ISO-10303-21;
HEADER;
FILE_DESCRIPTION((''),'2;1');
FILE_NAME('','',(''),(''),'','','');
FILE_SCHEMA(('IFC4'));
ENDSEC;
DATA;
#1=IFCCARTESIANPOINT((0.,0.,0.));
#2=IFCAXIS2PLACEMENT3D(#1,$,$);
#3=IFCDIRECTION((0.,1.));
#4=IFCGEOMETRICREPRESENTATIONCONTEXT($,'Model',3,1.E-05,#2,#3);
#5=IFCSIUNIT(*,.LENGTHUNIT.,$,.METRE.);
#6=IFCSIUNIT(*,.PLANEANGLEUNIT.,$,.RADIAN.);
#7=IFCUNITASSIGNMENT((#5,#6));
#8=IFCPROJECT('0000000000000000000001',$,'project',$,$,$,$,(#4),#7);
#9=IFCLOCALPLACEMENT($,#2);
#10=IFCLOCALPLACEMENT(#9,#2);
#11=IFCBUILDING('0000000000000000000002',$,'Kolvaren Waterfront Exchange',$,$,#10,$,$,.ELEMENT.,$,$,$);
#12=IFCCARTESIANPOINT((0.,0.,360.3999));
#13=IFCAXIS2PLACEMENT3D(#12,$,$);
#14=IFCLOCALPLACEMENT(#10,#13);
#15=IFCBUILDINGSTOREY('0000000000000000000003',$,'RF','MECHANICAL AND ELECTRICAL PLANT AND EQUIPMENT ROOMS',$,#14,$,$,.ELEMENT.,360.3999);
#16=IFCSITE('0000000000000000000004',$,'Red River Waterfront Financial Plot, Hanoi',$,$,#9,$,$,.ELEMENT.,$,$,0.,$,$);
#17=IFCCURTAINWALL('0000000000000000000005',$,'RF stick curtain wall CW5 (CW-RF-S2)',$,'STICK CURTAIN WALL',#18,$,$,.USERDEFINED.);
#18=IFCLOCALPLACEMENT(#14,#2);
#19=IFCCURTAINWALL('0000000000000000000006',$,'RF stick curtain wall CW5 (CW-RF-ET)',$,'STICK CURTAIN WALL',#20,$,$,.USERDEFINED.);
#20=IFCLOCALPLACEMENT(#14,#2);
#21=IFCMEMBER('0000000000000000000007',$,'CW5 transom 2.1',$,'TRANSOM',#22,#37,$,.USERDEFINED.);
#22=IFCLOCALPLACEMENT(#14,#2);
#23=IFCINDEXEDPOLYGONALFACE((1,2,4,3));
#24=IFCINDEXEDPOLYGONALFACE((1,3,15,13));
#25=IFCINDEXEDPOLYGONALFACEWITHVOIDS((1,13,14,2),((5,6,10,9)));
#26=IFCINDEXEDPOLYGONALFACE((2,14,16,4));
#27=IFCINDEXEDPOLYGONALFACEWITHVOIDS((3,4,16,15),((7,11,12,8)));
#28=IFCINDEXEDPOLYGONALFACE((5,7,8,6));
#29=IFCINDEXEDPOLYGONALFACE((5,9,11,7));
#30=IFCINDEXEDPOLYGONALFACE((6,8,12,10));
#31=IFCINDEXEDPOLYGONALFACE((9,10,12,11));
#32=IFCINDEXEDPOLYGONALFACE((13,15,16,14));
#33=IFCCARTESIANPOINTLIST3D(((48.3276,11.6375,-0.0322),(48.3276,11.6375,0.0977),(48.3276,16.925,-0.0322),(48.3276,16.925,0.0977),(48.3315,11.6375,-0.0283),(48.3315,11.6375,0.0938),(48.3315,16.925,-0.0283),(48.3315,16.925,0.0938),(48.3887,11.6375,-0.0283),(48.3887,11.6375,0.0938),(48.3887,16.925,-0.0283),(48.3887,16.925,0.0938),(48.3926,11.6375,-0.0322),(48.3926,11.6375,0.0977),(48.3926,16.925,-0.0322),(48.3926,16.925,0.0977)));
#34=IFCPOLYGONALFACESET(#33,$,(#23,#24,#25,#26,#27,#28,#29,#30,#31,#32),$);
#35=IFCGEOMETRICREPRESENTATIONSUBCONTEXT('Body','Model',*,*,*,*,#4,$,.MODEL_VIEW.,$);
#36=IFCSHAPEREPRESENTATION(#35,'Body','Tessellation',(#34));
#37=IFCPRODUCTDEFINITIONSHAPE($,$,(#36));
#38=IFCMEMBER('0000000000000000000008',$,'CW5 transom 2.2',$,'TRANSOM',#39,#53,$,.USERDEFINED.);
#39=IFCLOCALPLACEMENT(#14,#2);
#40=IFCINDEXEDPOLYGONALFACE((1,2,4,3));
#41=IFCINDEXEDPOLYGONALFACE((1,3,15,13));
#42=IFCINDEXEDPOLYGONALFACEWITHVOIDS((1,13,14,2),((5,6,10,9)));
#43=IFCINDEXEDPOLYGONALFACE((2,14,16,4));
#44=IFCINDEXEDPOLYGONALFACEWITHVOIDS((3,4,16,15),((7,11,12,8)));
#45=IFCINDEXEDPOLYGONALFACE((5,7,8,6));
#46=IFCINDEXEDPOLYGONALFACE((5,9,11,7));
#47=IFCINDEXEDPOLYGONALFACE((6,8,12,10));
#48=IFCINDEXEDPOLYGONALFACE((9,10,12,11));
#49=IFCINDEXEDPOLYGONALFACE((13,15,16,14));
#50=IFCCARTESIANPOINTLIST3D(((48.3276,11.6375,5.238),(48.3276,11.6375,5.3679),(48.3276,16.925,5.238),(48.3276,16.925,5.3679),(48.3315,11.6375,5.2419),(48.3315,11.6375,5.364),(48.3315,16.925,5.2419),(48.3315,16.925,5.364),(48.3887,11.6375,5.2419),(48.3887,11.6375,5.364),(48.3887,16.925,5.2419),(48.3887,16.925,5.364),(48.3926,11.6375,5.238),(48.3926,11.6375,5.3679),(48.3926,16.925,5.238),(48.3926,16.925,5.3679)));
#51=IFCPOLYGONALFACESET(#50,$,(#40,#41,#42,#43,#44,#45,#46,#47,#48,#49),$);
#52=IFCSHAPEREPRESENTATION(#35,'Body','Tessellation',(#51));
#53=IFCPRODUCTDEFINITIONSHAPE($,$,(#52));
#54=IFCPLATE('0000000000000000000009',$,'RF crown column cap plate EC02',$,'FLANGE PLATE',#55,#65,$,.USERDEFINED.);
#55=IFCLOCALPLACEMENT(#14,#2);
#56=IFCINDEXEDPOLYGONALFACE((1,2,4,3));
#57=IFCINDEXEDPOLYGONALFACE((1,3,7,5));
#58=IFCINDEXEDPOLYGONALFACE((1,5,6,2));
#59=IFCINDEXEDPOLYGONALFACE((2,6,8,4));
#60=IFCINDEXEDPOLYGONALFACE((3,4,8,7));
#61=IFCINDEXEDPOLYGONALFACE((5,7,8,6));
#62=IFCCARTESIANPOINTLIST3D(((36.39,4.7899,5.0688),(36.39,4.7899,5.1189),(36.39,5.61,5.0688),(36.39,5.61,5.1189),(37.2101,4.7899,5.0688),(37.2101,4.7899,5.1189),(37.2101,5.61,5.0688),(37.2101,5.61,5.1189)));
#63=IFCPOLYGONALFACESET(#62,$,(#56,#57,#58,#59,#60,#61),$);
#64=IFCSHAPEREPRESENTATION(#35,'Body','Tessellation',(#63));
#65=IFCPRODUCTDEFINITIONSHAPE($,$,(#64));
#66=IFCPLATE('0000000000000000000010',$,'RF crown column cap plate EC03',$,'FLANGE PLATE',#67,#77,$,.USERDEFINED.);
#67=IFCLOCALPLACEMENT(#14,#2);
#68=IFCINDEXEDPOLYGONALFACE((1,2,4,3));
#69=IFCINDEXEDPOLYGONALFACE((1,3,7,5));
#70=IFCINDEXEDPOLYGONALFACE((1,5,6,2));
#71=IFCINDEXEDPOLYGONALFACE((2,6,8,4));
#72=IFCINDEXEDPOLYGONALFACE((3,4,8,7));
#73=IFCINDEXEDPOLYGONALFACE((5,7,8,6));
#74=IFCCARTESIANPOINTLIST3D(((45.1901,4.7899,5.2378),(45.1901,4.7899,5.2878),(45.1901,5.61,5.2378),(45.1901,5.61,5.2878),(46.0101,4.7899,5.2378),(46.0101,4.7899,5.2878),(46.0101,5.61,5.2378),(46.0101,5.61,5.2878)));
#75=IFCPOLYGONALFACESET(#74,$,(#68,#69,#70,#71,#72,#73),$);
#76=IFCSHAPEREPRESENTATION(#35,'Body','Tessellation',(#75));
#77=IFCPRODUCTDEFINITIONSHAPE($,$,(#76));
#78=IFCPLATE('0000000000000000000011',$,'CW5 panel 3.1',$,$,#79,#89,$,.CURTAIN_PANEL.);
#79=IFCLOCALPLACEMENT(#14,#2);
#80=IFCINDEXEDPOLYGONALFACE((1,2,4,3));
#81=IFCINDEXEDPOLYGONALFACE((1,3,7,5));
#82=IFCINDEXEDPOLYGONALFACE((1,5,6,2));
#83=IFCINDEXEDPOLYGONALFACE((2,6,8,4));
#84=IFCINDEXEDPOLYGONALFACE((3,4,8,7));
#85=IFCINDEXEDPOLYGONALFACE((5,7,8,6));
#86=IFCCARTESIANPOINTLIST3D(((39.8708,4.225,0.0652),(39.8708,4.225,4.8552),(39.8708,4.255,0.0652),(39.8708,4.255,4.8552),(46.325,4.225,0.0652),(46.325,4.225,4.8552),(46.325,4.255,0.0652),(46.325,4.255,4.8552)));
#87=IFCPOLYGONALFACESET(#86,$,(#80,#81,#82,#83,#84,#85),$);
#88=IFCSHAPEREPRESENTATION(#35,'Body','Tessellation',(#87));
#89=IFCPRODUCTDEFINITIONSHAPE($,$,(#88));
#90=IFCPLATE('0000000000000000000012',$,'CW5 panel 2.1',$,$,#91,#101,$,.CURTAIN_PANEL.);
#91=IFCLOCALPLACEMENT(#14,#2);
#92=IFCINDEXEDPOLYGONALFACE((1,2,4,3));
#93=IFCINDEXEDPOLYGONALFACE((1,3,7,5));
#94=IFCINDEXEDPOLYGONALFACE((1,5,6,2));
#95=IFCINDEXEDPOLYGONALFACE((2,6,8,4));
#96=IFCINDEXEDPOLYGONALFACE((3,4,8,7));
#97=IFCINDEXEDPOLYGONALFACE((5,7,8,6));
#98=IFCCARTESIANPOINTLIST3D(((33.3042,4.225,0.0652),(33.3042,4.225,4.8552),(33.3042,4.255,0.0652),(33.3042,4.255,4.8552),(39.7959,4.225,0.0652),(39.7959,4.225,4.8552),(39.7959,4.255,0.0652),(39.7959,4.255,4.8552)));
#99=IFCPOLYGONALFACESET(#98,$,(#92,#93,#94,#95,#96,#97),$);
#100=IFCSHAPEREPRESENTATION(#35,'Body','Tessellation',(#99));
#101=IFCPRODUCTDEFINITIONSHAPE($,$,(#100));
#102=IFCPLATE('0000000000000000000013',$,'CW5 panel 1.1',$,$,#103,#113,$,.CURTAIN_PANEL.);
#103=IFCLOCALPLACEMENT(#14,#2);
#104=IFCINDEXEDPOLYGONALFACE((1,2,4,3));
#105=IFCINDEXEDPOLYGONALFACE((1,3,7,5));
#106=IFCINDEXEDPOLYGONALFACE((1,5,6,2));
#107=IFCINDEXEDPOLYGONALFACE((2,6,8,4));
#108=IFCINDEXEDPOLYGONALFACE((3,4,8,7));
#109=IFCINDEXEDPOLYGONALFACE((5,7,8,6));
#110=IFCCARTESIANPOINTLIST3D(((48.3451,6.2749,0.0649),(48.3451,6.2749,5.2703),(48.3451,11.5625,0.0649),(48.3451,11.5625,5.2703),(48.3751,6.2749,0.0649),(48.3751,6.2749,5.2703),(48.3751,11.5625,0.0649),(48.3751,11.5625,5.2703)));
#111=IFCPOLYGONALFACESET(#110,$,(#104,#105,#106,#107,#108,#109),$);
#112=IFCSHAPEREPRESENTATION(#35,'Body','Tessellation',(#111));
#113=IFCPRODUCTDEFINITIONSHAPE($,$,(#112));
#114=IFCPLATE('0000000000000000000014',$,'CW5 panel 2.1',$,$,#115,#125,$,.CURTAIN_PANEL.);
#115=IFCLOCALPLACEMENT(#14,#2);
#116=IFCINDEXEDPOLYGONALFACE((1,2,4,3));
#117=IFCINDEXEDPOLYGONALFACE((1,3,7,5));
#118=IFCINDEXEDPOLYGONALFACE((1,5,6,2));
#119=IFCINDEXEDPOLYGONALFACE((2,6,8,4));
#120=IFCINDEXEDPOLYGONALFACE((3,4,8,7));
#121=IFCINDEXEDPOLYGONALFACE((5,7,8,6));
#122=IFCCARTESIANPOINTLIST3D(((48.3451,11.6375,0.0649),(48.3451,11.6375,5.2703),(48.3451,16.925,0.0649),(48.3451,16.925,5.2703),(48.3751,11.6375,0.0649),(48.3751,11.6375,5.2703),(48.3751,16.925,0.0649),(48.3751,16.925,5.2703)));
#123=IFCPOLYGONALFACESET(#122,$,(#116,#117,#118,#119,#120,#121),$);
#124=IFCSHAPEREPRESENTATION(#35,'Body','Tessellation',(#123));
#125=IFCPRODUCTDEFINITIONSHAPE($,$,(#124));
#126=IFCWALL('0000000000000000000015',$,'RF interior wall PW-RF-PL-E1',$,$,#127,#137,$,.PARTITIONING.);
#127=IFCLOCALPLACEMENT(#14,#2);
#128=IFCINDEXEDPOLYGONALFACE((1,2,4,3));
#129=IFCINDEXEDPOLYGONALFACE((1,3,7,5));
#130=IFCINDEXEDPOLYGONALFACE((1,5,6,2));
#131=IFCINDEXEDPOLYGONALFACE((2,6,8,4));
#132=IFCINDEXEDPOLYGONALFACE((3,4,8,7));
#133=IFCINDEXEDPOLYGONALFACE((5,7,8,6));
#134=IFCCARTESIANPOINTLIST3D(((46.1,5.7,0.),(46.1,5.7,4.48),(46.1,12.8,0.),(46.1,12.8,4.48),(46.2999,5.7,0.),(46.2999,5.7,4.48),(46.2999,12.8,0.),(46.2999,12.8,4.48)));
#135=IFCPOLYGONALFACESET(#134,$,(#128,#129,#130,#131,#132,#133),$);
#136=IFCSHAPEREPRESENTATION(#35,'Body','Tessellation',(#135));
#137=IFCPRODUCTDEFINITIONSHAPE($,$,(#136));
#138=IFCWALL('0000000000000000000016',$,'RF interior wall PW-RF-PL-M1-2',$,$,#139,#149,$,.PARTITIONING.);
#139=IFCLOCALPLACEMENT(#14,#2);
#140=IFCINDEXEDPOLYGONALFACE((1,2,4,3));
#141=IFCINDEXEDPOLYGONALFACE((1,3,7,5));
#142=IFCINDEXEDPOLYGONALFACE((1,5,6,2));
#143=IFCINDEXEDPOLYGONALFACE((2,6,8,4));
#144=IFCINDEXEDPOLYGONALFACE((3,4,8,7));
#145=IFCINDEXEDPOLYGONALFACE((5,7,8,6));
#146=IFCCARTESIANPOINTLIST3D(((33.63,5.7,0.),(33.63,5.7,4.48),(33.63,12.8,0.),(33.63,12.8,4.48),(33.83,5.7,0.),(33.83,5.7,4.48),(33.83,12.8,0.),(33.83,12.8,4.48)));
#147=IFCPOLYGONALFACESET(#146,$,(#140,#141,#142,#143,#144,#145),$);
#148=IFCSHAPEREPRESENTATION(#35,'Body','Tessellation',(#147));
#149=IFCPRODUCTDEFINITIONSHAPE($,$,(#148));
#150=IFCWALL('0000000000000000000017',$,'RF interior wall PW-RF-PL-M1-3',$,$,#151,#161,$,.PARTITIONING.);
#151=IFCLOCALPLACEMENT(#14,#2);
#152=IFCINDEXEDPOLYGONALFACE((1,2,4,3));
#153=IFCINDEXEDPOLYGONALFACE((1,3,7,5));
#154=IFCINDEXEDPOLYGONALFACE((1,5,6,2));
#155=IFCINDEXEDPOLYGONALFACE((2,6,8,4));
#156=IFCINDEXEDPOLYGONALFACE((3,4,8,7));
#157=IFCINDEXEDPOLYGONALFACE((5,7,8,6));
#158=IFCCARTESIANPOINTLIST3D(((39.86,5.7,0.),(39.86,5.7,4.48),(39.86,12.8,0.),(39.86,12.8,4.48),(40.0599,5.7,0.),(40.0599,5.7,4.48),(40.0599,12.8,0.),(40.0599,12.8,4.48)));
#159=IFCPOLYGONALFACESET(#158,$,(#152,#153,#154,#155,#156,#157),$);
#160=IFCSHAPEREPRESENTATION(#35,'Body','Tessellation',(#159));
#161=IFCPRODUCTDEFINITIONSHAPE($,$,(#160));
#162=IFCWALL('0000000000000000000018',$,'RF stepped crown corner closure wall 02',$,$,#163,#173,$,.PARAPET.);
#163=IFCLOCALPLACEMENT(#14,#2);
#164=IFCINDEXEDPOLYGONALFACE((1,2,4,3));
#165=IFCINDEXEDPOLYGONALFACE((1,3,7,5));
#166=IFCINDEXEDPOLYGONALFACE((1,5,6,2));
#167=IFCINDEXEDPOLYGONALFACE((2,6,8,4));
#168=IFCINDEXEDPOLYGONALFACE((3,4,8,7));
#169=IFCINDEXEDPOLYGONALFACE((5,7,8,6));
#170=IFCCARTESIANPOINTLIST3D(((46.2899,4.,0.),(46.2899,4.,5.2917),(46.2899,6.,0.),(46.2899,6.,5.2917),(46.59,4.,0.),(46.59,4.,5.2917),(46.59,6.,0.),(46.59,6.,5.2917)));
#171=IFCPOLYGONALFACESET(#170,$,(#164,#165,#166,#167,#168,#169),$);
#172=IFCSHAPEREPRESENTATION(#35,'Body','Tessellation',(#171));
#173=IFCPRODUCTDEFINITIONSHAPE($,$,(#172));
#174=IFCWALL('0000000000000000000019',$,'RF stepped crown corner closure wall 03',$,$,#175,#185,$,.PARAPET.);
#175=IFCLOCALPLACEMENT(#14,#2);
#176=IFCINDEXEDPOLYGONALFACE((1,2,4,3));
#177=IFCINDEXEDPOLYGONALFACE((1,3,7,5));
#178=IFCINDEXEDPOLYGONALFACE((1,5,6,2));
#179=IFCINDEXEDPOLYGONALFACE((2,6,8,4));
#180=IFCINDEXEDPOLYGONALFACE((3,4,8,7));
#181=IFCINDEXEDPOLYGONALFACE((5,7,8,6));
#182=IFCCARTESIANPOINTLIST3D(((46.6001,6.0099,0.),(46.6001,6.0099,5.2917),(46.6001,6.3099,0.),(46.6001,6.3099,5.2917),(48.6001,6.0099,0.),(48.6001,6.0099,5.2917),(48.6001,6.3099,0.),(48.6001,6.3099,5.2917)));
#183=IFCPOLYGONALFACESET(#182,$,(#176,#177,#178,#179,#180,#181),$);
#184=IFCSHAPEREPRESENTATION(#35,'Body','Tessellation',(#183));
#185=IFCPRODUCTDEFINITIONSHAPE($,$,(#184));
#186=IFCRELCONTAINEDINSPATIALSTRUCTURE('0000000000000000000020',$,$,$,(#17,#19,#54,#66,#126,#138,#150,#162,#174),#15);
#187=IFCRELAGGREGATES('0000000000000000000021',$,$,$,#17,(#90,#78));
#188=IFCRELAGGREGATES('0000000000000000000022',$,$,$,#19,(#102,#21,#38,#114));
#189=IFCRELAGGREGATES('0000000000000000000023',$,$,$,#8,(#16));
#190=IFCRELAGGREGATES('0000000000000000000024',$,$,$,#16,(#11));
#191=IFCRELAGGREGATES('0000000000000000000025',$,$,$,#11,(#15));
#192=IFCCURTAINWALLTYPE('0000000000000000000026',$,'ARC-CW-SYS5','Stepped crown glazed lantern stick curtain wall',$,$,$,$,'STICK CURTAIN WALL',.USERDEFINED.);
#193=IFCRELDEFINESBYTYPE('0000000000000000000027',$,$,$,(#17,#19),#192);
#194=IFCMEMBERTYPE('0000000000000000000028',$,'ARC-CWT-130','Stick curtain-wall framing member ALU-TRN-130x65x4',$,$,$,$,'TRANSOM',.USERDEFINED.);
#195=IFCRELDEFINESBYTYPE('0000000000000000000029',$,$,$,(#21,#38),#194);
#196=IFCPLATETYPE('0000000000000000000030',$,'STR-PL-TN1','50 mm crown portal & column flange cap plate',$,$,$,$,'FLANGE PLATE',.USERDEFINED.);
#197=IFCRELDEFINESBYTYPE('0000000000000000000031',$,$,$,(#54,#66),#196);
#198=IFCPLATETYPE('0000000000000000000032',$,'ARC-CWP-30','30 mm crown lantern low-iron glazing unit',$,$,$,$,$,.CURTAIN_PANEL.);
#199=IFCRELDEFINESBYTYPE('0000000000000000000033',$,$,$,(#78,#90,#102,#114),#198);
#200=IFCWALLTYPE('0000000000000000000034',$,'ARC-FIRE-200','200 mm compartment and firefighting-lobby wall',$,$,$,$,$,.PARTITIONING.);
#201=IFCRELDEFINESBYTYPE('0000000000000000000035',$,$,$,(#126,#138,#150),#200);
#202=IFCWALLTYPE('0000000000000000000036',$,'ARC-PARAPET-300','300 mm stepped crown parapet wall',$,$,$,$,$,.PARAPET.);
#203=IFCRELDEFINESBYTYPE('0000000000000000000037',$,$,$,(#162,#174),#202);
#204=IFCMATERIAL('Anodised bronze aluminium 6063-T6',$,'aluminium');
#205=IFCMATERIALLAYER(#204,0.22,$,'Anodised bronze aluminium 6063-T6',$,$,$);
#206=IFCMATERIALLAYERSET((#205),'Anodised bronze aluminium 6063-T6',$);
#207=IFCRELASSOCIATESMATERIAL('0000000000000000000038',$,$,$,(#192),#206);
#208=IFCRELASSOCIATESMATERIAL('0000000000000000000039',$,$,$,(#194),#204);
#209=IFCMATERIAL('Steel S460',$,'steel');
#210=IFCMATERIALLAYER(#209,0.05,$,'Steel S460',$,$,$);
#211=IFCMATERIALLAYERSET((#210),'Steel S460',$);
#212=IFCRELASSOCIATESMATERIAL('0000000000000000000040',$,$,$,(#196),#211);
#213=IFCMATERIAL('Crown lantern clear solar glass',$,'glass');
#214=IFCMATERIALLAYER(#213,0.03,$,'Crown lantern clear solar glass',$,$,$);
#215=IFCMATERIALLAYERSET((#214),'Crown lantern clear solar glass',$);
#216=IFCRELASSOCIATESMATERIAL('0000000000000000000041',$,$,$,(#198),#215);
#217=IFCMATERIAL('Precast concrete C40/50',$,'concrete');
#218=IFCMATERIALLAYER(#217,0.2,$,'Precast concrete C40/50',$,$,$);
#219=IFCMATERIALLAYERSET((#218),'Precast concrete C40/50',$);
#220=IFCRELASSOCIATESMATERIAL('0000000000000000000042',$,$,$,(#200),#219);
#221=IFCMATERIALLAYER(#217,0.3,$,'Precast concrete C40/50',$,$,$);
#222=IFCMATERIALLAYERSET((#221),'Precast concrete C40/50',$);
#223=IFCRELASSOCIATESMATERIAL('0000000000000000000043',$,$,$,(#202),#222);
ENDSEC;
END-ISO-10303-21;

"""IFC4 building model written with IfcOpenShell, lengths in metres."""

from ifc_helpers import new_model, si_unit, direction, frame, frame_2d, origin, origin_with_axes, origin_2d, place, context, subcontext, project, spatial, rectangle, hollow_rectangle, extrude, source, transform, mapped, material, layer, layer_set, material_profile, profile_set, type_object, element, aggregate, save


model = new_model("IFC4")

# Units and contexts
model_context = context("Model", 3, precision=1e-05, world=origin(), true_north=direction((0.0, 1.0)))
body_context = subcontext(model_context, "Body", "Model", "MODEL_VIEW")
ifc_project = project(units=[si_unit("LENGTHUNIT", "METRE"), si_unit("PLANEANGLEUNIT", "RADIAN")], contexts=[model_context])

# Site, building, storey
site_placement = place(None, origin())
site = spatial("IfcSite", under=ifc_project, at=site_placement, Name="Red River Waterfront Financial Plot, Hanoi", CompositionType="ELEMENT", RefElevation=0.0)
building_placement = place(site_placement, origin())
building = spatial("IfcBuilding", under=site, at=building_placement, Name="Kolvaren Waterfront Exchange", CompositionType="ELEMENT")
storey_placement = place(building_placement, frame((0.0, 0.0, 360.3999)))
storey = spatial("IfcBuildingStorey", under=building, at=storey_placement, Name="RF", Description="MECHANICAL AND ELECTRICAL PLANT AND EQUIPMENT ROOMS", CompositionType="ELEMENT", Elevation=360.3999)

# Curtain walls, members
ifc_material_1 = material(Name="Anodised bronze aluminium 6063-T6", Category="aluminium")
ifc_layer_1 = layer(ifc_material_1, 0.22, Name="Anodised bronze aluminium 6063-T6")
ifc_layer_set_1 = layer_set([ifc_layer_1], Name="Anodised bronze aluminium 6063-T6")
curtain_wall_type = type_object("IfcCurtainWallType", Name="ARC-CW-SYS5", Description="Stepped crown glazed lantern stick curtain wall", ElementType="STICK CURTAIN WALL", PredefinedType="USERDEFINED", material=ifc_layer_set_1)
curtain_wall_1_placement = place(storey_placement, origin())
curtain_wall_1 = element("IfcCurtainWall", 1, at=curtain_wall_1_placement, inside=storey, type_object=curtain_wall_type, Name="RF stick curtain wall CW5 (CW-RF-S2)", ObjectType="STICK CURTAIN WALL", PredefinedType="USERDEFINED")
ifc_material_profile_1 = material_profile(ifc_material_1, hollow_rectangle(XDim=0.0649, YDim=0.1299, WallThickness=0.0039, at=origin_2d()), Name="ALU-TRN-130x65x4")
ifc_profile_set_1 = profile_set([ifc_material_profile_1], Name="Anodised bronze aluminium 6063-T6")
member_type_1 = type_object("IfcMemberType", Name="ARC-CWT-130", Description="Stick curtain-wall framing member ALU-TRN-130x65x4", ElementType="TRANSOM", PredefinedType="USERDEFINED", material=ifc_profile_set_1)
curtain_wall_2_placement = place(storey_placement, origin())
curtain_wall_2 = element("IfcCurtainWall", 2, at=curtain_wall_2_placement, inside=storey, type_object=curtain_wall_type, Name="RF stick curtain wall CW5 (CW-RF-ET)", ObjectType="STICK CURTAIN WALL", PredefinedType="USERDEFINED")
shared_shape_1 = source(origin_with_axes(), body_context, "Body", "SweptSolid", [
    extrude(hollow_rectangle(XDim=0.0649, YDim=0.1299, WallThickness=0.0039, at=origin_2d()), origin(), (0.0, 0.0, 1.0), 5.2876),
])
member_1_placement = place(storey_placement, frame((48.3601, 11.6375, 0.0327), z_axis=(0.0, 1.0, 0.0), x_axis=(-1.0, 0.0, 0.0)))
member_1 = element("IfcMember", 3, at=member_1_placement, type_object=member_type_1, Name="CW5 transom 2.1", ObjectType="TRANSOM", PredefinedType="USERDEFINED", context=body_context, shape_type="MappedRepresentation", body=[
    mapped(shared_shape_1, transform((0.0, 0.0, 0.0), x_axis=(1.0, 0.0, 0.0), y_axis=(0.0, 1.0, 0.0), z_axis=(0.0, 0.0, 1.0), scale=1.0)),
])
member_2_placement = place(storey_placement, frame((48.3601, 11.6375, 5.303), z_axis=(0.0, 1.0, 0.0), x_axis=(-1.0, 0.0, 0.0)))
member_2 = element("IfcMember", 4, at=member_2_placement, type_object=member_type_1, Name="CW5 transom 2.2", ObjectType="TRANSOM", PredefinedType="USERDEFINED", context=body_context, shape_type="MappedRepresentation", body=[
    mapped(shared_shape_1, transform((0.0, 0.0, 0.0), x_axis=(1.0, 0.0, 0.0), y_axis=(0.0, 1.0, 0.0), z_axis=(0.0, 0.0, 1.0), scale=1.0)),
])

# Plates
ifc_material_2 = material(Name="Steel S460", Category="steel")
ifc_layer_2 = layer(ifc_material_2, 0.05, Name="Steel S460")
ifc_layer_set_2 = layer_set([ifc_layer_2], Name="Steel S460")
plate_type_1 = type_object("IfcPlateType", Name="STR-PL-TN1", Description="50 mm crown portal & column flange cap plate", ElementType="FLANGE PLATE", PredefinedType="USERDEFINED", material=ifc_layer_set_2)
shared_shape_2 = source(origin_with_axes(), body_context, "Body", "SweptSolid", [
    extrude(rectangle(XDim=0.8201, YDim=0.8201, at=origin_2d()), origin(), (0.0, 0.0, 1.0), 0.05),
])
for number, where, z_axis, x_axis, name in (
    (5, (36.8, 5.2, 5.0688), (0.0, 0.0, 1.0), (1.0, 0.0, 0.0), "RF crown column cap plate EC02"),
    (6, (45.6001, 5.2, 5.2378), (0.0, 0.0, 1.0), (1.0, 0.0, 0.0), "RF crown column cap plate EC03"),
):
    element("IfcPlate", number, at=place(storey_placement, frame(where, z_axis=z_axis, x_axis=x_axis)), inside=storey, type_object=plate_type_1, Name=name, ObjectType="FLANGE PLATE", PredefinedType="USERDEFINED", context=body_context, shape_type="MappedRepresentation", body=[
        mapped(shared_shape_2, transform((0.0, 0.0, 0.0), x_axis=(1.0, 0.0, 0.0), y_axis=(0.0, 1.0, 0.0), z_axis=(0.0, 0.0, 1.0), scale=1.0)),
    ])

# Plates
ifc_material_3 = material(Name="Crown lantern clear solar glass", Category="glass")
ifc_layer_3 = layer(ifc_material_3, 0.03, Name="Crown lantern clear solar glass")
ifc_layer_set_3 = layer_set([ifc_layer_3], Name="Crown lantern clear solar glass")
plate_type_2 = type_object("IfcPlateType", Name="ARC-CWP-30", Description="30 mm crown lantern low-iron glazing unit", PredefinedType="CURTAIN_PANEL", material=ifc_layer_set_3)
shared_shape_3 = source(origin_with_axes(), body_context, "Body", "SweptSolid", [
    extrude(rectangle(XDim=6.4541, YDim=0.03, at=origin_2d()), origin(), (0.0, 0.0, 1.0), 4.79),
])
plate_1_placement = place(storey_placement, frame((43.0979, 4.24, 0.0652), z_axis=(0.0, 0.0, 1.0), x_axis=(1.0, 0.0, 0.0)))
plate_1 = element("IfcPlate", 7, at=plate_1_placement, type_object=plate_type_2, Name="CW5 panel 3.1", PredefinedType="CURTAIN_PANEL", context=body_context, shape_type="MappedRepresentation", body=[
    mapped(shared_shape_3, transform((0.0, 0.0, 0.0), x_axis=(1.0, 0.0, 0.0), y_axis=(0.0, 1.0, 0.0), z_axis=(0.0, 0.0, 1.0), scale=1.0)),
])
shared_shape_4 = source(origin_with_axes(), body_context, "Body", "SweptSolid", [
    extrude(rectangle(XDim=6.4917, YDim=0.03, at=origin_2d()), origin(), (0.0, 0.0, 1.0), 4.79),
])
plate_2_placement = place(storey_placement, frame((36.55, 4.24, 0.0652), z_axis=(0.0, 0.0, 1.0), x_axis=(1.0, 0.0, 0.0)))
plate_2 = element("IfcPlate", 8, at=plate_2_placement, type_object=plate_type_2, Name="CW5 panel 2.1", PredefinedType="CURTAIN_PANEL", context=body_context, shape_type="MappedRepresentation", body=[
    mapped(shared_shape_4, transform((0.0, 0.0, 0.0), x_axis=(1.0, 0.0, 0.0), y_axis=(0.0, 1.0, 0.0), z_axis=(0.0, 0.0, 1.0), scale=1.0)),
])
aggregate(curtain_wall_1, [plate_2, plate_1])
shared_shape_5 = source(origin_with_axes(), body_context, "Body", "SweptSolid", [
    extrude(rectangle(XDim=5.2876, YDim=0.03, at=origin_2d()), origin(), (0.0, 0.0, 1.0), 5.2053),
])
plate_3_placement = place(storey_placement, frame((48.3601, 8.9187, 0.0649), z_axis=(0.0, 0.0, 1.0), x_axis=(0.0, 1.0, 0.0)))
plate_3 = element("IfcPlate", 9, at=plate_3_placement, type_object=plate_type_2, Name="CW5 panel 1.1", PredefinedType="CURTAIN_PANEL", context=body_context, shape_type="MappedRepresentation", body=[
    mapped(shared_shape_5, transform((0.0, 0.0, 0.0), x_axis=(1.0, 0.0, 0.0), y_axis=(0.0, 1.0, 0.0), z_axis=(0.0, 0.0, 1.0), scale=1.0)),
])
plate_4_placement = place(storey_placement, frame((48.3601, 14.2812, 0.0649), z_axis=(0.0, 0.0, 1.0), x_axis=(0.0, 1.0, 0.0)))
plate_4 = element("IfcPlate", 10, at=plate_4_placement, type_object=plate_type_2, Name="CW5 panel 2.1", PredefinedType="CURTAIN_PANEL", context=body_context, shape_type="MappedRepresentation", body=[
    mapped(shared_shape_5, transform((0.0, 0.0, 0.0), x_axis=(1.0, 0.0, 0.0), y_axis=(0.0, 1.0, 0.0), z_axis=(0.0, 0.0, 1.0), scale=1.0)),
])
aggregate(curtain_wall_2, [plate_3, member_1, member_2, plate_4])

# Walls
ifc_material_4 = material(Name="Precast concrete C40/50", Category="concrete")
ifc_layer_4 = layer(ifc_material_4, 0.2, Name="Precast concrete C40/50")
ifc_layer_set_4 = layer_set([ifc_layer_4], Name="Precast concrete C40/50")
wall_type_1 = type_object("IfcWallType", Name="ARC-FIRE-200", Description="200 mm compartment and firefighting-lobby wall", PredefinedType="PARTITIONING", material=ifc_layer_set_4)
for number, where, z_axis, x_axis, name in (
    (11, (46.2, 5.7, 0.0), (0.0, 0.0, 1.0), (0.0, 1.0, 0.0), "RF interior wall PW-RF-PL-E1"),
    (12, (33.73, 5.7, 0.0), (0.0, 0.0, 1.0), (0.0, 1.0, 0.0), "RF interior wall PW-RF-PL-M1-2"),
    (13, (39.96, 5.7, 0.0), (0.0, 0.0, 1.0), (0.0, 1.0, 0.0), "RF interior wall PW-RF-PL-M1-3"),
):
    element("IfcWall", number, at=place(storey_placement, frame(where, z_axis=z_axis, x_axis=x_axis)), inside=storey, type_object=wall_type_1, Name=name, PredefinedType="PARTITIONING", context=body_context, shape_type="SweptSolid", body=[
        extrude(rectangle(XDim=7.1001, YDim=0.2, at=frame_2d((3.55, 0.0))), origin(), (0.0, 0.0, 1.0), 4.48),
    ])
ifc_layer_5 = layer(ifc_material_4, 0.3, Name="Precast concrete C40/50")
ifc_layer_set_5 = layer_set([ifc_layer_5], Name="Precast concrete C40/50")
wall_type_2 = type_object("IfcWallType", Name="ARC-PARAPET-300", Description="300 mm stepped crown parapet wall", PredefinedType="PARAPET", material=ifc_layer_set_5)
for number, where, z_axis, x_axis, name in (
    (14, (46.4399, 4.0, 0.0), (0.0, 0.0, 1.0), (0.0, 1.0, 0.0), "RF stepped crown corner closure wall 02"),
    (15, (46.6001, 6.1599, 0.0), (0.0, 0.0, 1.0), (1.0, 0.0, 0.0), "RF stepped crown corner closure wall 03"),
):
    element("IfcWall", number, at=place(storey_placement, frame(where, z_axis=z_axis, x_axis=x_axis)), inside=storey, type_object=wall_type_2, Name=name, PredefinedType="PARAPET", context=body_context, shape_type="SweptSolid", body=[
        extrude(rectangle(XDim=2.0, YDim=0.3, at=frame_2d((1.0, 0.0))), origin(), (0.0, 0.0, 1.0), 5.2917),
    ])

save(model, "model.ifc")
